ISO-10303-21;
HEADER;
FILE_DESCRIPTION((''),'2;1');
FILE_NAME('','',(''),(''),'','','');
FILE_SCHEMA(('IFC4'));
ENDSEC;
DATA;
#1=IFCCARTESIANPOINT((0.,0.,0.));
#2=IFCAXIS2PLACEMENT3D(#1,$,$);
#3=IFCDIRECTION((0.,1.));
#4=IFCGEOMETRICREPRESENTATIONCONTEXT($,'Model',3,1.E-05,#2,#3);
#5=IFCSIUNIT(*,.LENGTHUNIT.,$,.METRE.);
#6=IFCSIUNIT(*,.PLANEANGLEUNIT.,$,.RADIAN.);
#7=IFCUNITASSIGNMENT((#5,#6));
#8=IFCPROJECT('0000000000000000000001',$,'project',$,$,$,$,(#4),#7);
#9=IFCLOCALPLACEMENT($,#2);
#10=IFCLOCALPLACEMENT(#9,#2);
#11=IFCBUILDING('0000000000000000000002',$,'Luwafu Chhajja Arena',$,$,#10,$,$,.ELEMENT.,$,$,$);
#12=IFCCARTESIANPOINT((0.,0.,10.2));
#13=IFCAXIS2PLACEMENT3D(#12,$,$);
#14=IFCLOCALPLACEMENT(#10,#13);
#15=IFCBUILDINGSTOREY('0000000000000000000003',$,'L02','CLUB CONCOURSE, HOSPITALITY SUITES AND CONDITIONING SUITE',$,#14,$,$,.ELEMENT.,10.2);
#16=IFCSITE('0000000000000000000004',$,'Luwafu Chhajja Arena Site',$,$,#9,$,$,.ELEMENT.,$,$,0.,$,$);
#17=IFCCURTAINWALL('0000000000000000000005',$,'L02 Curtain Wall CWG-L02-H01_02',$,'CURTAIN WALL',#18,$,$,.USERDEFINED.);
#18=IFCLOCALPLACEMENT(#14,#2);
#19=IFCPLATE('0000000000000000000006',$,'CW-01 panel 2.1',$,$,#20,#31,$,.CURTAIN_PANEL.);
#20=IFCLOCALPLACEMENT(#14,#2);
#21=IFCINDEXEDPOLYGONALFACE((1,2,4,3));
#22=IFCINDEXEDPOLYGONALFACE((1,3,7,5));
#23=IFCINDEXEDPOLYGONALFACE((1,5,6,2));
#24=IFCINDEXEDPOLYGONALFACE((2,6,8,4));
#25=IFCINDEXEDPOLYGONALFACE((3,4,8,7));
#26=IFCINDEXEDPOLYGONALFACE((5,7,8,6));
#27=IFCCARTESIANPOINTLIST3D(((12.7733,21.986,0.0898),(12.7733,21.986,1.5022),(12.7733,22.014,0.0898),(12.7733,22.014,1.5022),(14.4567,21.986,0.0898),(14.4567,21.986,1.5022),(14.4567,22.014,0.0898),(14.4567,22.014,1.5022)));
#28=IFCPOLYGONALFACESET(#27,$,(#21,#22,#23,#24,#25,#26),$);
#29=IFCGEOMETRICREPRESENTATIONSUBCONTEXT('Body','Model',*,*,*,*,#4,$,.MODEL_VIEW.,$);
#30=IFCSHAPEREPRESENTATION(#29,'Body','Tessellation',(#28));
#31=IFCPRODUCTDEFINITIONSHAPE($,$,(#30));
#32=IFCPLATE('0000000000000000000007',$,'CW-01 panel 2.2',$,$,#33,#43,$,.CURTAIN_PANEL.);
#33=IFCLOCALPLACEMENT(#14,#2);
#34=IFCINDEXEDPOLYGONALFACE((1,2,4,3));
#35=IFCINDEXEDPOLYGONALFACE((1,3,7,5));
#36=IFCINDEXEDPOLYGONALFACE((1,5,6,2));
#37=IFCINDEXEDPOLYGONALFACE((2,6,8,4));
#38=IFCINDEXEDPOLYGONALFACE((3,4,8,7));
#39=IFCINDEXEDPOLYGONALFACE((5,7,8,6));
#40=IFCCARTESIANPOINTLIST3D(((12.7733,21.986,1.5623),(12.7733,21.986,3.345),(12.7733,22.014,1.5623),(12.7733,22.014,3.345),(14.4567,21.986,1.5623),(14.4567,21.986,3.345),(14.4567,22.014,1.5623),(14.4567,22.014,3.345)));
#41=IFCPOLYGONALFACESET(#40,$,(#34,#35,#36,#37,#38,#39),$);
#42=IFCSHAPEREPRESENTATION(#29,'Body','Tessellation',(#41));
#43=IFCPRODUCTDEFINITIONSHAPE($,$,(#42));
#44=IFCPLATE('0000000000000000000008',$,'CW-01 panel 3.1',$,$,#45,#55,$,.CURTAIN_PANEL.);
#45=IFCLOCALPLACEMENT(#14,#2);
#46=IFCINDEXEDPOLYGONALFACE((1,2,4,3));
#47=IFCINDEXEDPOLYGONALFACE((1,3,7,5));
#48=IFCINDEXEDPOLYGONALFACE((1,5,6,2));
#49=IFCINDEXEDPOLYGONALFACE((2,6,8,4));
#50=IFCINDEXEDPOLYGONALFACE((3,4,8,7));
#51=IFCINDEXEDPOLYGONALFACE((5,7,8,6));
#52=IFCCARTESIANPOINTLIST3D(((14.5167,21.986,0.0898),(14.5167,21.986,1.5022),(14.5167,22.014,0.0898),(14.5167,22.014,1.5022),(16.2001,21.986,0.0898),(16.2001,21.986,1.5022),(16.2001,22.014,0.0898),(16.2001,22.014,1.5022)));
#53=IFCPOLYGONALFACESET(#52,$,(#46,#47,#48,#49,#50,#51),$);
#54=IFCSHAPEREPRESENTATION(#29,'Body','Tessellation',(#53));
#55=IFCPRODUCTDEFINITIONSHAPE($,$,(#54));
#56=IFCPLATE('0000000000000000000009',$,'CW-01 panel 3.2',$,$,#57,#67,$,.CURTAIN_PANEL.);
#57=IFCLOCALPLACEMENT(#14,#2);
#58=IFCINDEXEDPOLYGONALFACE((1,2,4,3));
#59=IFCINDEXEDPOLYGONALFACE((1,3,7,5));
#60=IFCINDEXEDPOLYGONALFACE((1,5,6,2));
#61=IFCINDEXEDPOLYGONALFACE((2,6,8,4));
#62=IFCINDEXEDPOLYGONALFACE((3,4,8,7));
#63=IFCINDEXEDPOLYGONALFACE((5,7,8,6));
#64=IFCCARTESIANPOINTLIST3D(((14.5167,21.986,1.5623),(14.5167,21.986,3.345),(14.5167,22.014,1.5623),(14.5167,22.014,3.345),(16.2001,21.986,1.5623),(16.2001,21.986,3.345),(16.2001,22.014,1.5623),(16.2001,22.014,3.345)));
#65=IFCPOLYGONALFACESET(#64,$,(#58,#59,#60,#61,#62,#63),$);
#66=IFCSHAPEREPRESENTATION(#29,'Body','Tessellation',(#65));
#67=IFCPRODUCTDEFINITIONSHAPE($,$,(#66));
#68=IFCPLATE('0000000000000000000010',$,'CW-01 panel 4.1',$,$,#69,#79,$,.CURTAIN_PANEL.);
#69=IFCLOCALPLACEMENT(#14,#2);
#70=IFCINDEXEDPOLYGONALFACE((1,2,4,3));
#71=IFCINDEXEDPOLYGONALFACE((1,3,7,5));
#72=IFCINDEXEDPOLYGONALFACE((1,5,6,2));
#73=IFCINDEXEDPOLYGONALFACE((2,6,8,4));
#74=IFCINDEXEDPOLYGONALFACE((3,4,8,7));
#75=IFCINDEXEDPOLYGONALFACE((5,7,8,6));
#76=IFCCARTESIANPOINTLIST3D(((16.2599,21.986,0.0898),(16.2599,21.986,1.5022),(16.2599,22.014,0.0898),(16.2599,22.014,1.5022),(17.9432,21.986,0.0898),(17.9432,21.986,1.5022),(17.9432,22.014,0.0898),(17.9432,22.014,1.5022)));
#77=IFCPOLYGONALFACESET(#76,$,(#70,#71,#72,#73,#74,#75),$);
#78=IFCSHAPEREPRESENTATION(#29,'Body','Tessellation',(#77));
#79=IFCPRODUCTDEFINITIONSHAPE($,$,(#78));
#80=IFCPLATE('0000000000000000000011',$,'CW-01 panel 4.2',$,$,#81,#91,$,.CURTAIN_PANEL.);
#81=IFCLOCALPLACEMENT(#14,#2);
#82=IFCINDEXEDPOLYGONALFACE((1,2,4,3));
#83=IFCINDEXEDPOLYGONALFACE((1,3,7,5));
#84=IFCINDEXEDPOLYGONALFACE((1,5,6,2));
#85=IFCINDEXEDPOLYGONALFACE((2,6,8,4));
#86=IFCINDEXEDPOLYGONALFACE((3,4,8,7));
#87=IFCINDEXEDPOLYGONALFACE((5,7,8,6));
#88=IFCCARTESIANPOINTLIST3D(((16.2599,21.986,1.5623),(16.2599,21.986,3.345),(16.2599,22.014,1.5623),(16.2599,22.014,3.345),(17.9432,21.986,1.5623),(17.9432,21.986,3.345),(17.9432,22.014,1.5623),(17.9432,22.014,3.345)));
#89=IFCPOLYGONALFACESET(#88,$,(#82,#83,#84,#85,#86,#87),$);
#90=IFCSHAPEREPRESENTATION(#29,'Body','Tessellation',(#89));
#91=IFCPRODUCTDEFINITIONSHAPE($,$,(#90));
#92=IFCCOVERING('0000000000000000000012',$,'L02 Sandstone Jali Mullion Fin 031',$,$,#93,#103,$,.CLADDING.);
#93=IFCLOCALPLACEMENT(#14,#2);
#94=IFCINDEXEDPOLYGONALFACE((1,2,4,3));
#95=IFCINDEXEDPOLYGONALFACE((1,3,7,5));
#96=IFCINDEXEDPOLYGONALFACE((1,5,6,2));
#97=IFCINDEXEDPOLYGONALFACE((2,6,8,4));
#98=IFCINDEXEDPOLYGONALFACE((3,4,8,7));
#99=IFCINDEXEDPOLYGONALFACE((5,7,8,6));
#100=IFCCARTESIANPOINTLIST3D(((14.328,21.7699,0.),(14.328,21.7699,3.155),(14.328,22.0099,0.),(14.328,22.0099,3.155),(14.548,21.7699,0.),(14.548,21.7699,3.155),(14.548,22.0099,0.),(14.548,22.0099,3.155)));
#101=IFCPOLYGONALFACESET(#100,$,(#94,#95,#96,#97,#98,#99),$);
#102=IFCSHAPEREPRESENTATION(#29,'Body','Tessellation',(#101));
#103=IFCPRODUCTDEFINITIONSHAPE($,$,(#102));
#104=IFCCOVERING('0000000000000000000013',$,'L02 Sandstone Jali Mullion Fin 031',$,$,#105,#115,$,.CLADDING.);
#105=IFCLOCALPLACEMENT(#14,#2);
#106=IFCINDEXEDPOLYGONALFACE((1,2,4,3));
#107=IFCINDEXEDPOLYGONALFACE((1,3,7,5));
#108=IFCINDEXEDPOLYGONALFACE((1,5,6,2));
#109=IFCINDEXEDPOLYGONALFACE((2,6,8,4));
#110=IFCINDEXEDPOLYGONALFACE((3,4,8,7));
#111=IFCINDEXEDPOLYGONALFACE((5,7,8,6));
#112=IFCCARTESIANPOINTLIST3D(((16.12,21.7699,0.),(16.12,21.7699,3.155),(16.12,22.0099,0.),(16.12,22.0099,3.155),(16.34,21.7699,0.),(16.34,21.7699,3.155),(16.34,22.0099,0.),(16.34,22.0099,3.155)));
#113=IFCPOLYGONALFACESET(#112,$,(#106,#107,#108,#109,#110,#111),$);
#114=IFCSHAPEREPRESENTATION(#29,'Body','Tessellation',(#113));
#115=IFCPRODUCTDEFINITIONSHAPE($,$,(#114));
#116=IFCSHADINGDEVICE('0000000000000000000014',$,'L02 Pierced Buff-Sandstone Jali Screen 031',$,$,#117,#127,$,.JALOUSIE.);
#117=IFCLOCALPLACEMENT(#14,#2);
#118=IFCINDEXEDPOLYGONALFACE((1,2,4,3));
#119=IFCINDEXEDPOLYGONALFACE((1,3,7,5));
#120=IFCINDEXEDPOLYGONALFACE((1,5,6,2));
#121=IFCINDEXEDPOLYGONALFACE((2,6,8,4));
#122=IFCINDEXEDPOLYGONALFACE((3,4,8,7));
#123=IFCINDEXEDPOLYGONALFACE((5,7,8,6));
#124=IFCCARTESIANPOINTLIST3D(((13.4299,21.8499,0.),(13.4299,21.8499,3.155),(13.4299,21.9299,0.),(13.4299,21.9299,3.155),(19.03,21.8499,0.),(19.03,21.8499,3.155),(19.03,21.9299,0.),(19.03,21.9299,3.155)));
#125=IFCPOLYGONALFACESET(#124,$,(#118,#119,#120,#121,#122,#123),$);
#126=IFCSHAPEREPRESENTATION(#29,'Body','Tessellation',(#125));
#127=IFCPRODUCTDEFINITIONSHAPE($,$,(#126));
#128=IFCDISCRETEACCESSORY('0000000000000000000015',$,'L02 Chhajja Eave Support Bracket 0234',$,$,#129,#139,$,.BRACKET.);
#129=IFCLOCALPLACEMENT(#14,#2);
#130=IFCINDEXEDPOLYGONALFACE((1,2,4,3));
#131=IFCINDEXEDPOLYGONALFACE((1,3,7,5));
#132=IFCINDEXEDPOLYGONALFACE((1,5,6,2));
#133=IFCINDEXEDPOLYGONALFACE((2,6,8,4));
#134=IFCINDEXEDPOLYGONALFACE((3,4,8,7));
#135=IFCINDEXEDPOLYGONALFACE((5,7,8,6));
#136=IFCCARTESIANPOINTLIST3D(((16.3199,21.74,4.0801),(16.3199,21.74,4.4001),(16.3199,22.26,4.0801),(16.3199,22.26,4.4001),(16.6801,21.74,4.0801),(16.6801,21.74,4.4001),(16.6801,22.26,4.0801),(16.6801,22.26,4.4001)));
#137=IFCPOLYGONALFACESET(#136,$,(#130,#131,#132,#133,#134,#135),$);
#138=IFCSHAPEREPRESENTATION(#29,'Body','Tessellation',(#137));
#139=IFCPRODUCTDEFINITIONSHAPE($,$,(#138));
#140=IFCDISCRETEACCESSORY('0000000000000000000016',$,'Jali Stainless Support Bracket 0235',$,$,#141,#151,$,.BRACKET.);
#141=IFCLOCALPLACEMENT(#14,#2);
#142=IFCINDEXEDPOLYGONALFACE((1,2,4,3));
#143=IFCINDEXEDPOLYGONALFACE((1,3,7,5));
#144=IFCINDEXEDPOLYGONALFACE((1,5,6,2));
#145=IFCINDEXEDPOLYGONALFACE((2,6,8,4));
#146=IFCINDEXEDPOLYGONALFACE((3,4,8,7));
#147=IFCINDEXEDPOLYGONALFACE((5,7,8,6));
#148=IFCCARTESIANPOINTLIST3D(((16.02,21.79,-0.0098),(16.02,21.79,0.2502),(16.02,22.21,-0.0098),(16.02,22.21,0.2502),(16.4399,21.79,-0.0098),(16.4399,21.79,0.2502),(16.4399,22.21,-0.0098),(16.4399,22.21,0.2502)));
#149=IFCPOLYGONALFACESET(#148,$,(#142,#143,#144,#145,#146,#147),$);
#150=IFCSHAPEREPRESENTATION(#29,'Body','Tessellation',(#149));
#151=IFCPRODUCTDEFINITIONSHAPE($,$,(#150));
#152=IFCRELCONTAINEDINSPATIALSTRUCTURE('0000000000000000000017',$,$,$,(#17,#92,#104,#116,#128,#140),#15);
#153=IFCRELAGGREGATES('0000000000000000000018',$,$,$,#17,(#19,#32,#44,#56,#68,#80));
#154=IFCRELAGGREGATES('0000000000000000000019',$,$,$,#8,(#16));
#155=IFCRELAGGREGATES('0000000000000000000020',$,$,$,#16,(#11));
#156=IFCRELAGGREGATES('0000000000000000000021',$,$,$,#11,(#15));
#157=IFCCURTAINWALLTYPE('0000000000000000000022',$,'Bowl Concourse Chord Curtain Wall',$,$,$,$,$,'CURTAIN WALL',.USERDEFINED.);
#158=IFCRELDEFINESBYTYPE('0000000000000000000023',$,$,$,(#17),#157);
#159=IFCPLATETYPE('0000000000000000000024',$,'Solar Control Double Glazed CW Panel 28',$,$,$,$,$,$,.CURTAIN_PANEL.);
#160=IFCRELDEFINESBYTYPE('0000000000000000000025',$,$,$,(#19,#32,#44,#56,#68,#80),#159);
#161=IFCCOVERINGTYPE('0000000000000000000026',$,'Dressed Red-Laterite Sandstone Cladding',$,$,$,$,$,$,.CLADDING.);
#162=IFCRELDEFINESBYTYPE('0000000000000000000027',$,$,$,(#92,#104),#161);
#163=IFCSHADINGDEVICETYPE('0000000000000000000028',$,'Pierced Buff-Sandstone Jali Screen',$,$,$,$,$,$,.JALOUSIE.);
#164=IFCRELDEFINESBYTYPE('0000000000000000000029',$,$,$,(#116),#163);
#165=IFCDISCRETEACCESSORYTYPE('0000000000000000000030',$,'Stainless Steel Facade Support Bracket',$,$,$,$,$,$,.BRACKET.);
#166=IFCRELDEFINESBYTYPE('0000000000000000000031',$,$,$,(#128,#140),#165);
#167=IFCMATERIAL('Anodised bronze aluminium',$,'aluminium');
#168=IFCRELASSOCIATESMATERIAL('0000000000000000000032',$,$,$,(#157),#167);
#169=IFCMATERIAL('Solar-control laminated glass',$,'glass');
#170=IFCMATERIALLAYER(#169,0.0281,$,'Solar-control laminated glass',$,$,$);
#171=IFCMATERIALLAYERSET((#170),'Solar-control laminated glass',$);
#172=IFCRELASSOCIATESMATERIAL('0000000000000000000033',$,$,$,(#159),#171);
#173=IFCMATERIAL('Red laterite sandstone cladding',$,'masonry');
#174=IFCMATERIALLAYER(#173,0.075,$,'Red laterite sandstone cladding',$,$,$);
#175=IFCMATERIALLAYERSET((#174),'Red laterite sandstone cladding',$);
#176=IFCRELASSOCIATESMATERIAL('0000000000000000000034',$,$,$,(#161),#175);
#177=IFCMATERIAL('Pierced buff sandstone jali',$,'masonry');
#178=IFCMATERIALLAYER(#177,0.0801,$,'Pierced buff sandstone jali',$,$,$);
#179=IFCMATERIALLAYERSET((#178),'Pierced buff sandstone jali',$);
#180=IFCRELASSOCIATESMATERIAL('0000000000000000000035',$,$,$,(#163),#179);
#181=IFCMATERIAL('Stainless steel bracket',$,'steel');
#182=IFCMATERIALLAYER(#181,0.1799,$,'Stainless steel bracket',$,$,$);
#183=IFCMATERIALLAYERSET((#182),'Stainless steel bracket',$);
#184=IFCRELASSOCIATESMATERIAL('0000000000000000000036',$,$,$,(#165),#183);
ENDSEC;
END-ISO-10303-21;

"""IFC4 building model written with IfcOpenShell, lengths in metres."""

from ifc_helpers import new_model, si_unit, direction, frame, origin, origin_2d, place, context, subcontext, project, spatial, rectangle, extrude, material, layer, layer_set, type_object, element, aggregate, save


model = new_model("IFC4")

# Units and contexts
model_context = context("Model", 3, precision=1e-05, world=origin(), true_north=direction((0.0, 1.0)))
body_context = subcontext(model_context, "Body", "Model", "MODEL_VIEW")
ifc_project = project(units=[si_unit("LENGTHUNIT", "METRE"), si_unit("PLANEANGLEUNIT", "RADIAN")], contexts=[model_context])

# Site, building, storey
site_placement = place(None, origin())
site = spatial("IfcSite", under=ifc_project, at=site_placement, Name="Luwafu Chhajja Arena Site", CompositionType="ELEMENT", RefElevation=0.0)
building_placement = place(site_placement, origin())
building = spatial("IfcBuilding", under=site, at=building_placement, Name="Luwafu Chhajja Arena", CompositionType="ELEMENT")
storey_placement = place(building_placement, frame((0.0, 0.0, 10.2)))
storey = spatial("IfcBuildingStorey", under=building, at=storey_placement, Name="L02", Description="CLUB CONCOURSE, HOSPITALITY SUITES AND CONDITIONING SUITE", CompositionType="ELEMENT", Elevation=10.2)

# Curtain wall, plates
ifc_material_1 = material(Name="Anodised bronze aluminium", Category="aluminium")
curtain_wall_type = type_object("IfcCurtainWallType", Name="Bowl Concourse Chord Curtain Wall", ElementType="CURTAIN WALL", PredefinedType="USERDEFINED", material=ifc_material_1)
curtain_wall_placement = place(storey_placement, origin())
curtain_wall = element("IfcCurtainWall", 1, at=curtain_wall_placement, inside=storey, type_object=curtain_wall_type, Name="L02 Curtain Wall CWG-L02-H01_02", ObjectType="CURTAIN WALL", PredefinedType="USERDEFINED")
ifc_material_2 = material(Name="Solar-control laminated glass", Category="glass")
ifc_layer_1 = layer(ifc_material_2, 0.0281, Name="Solar-control laminated glass")
ifc_layer_set_1 = layer_set([ifc_layer_1], Name="Solar-control laminated glass")
plate_type = type_object("IfcPlateType", Name="Solar Control Double Glazed CW Panel 28", PredefinedType="CURTAIN_PANEL", material=ifc_layer_set_1)
plate_1_placement = place(storey_placement, frame((13.615, 22.0, 0.0898), z_axis=(0.0, 0.0, 1.0), x_axis=(1.0, 0.0, 0.0)))
plate_1 = element("IfcPlate", 2, at=plate_1_placement, type_object=plate_type, Name="CW-01 panel 2.1", PredefinedType="CURTAIN_PANEL", context=body_context, shape_type="SweptSolid", body=[
    extrude(rectangle(XDim=1.6833, YDim=0.0281, at=origin_2d()), origin(), (0.0, 0.0, 1.0), 1.4124),
])
plate_2_placement = place(storey_placement, frame((13.615, 22.0, 1.5623), z_axis=(0.0, 0.0, 1.0), x_axis=(1.0, 0.0, 0.0)))
plate_2 = element("IfcPlate", 3, at=plate_2_placement, type_object=plate_type, Name="CW-01 panel 2.2", PredefinedType="CURTAIN_PANEL", context=body_context, shape_type="SweptSolid", body=[
    extrude(rectangle(XDim=1.6833, YDim=0.0281, at=origin_2d()), origin(), (0.0, 0.0, 1.0), 1.7827),
])
plate_3_placement = place(storey_placement, frame((15.3584, 22.0, 0.0898), z_axis=(0.0, 0.0, 1.0), x_axis=(1.0, 0.0, 0.0)))
plate_3 = element("IfcPlate", 4, at=plate_3_placement, type_object=plate_type, Name="CW-01 panel 3.1", PredefinedType="CURTAIN_PANEL", context=body_context, shape_type="SweptSolid", body=[
    extrude(rectangle(XDim=1.6833, YDim=0.0281, at=origin_2d()), origin(), (0.0, 0.0, 1.0), 1.4124),
])
plate_4_placement = place(storey_placement, frame((15.3584, 22.0, 1.5623), z_axis=(0.0, 0.0, 1.0), x_axis=(1.0, 0.0, 0.0)))
plate_4 = element("IfcPlate", 5, at=plate_4_placement, type_object=plate_type, Name="CW-01 panel 3.2", PredefinedType="CURTAIN_PANEL", context=body_context, shape_type="SweptSolid", body=[
    extrude(rectangle(XDim=1.6833, YDim=0.0281, at=origin_2d()), origin(), (0.0, 0.0, 1.0), 1.7827),
])
plate_5_placement = place(storey_placement, frame((17.1016, 22.0, 0.0898), z_axis=(0.0, 0.0, 1.0), x_axis=(1.0, 0.0, 0.0)))
plate_5 = element("IfcPlate", 6, at=plate_5_placement, type_object=plate_type, Name="CW-01 panel 4.1", PredefinedType="CURTAIN_PANEL", context=body_context, shape_type="SweptSolid", body=[
    extrude(rectangle(XDim=1.6833, YDim=0.0281, at=origin_2d()), origin(), (0.0, 0.0, 1.0), 1.4124),
])
plate_6_placement = place(storey_placement, frame((17.1016, 22.0, 1.5623), z_axis=(0.0, 0.0, 1.0), x_axis=(1.0, 0.0, 0.0)))
plate_6 = element("IfcPlate", 7, at=plate_6_placement, type_object=plate_type, Name="CW-01 panel 4.2", PredefinedType="CURTAIN_PANEL", context=body_context, shape_type="SweptSolid", body=[
    extrude(rectangle(XDim=1.6833, YDim=0.0281, at=origin_2d()), origin(), (0.0, 0.0, 1.0), 1.7827),
])
aggregate(curtain_wall, [plate_1, plate_2, plate_3, plate_4, plate_5, plate_6])

# Coverings
ifc_material_3 = material(Name="Red laterite sandstone cladding", Category="masonry")
ifc_layer_2 = layer(ifc_material_3, 0.075, Name="Red laterite sandstone cladding")
ifc_layer_set_2 = layer_set([ifc_layer_2], Name="Red laterite sandstone cladding")
covering_type = type_object("IfcCoveringType", Name="Dressed Red-Laterite Sandstone Cladding", PredefinedType="CLADDING", material=ifc_layer_set_2)
for number, where, z_axis, x_axis, name in (
    (8, (14.438, 21.8899, 0.0), (0.0, 0.0, 1.0), (1.0, 0.0, 0.0), "L02 Sandstone Jali Mullion Fin 031"),
    (9, (16.23, 21.8899, 0.0), (0.0, 0.0, 1.0), (1.0, 0.0, 0.0), "L02 Sandstone Jali Mullion Fin 031"),
):
    element("IfcCovering", number, at=place(storey_placement, frame(where, z_axis=z_axis, x_axis=x_axis)), inside=storey, type_object=covering_type, Name=name, PredefinedType="CLADDING", context=body_context, shape_type="SweptSolid", body=[
        extrude(rectangle(XDim=0.22, YDim=0.24, at=origin_2d()), origin(), (0.0, 0.0, 1.0), 3.155),
    ])

# Shading device
ifc_material_4 = material(Name="Pierced buff sandstone jali", Category="masonry")
ifc_layer_3 = layer(ifc_material_4, 0.0801, Name="Pierced buff sandstone jali")
ifc_layer_set_3 = layer_set([ifc_layer_3], Name="Pierced buff sandstone jali")
shading_device_type = type_object("IfcShadingDeviceType", Name="Pierced Buff-Sandstone Jali Screen", PredefinedType="JALOUSIE", material=ifc_layer_set_3)
shading_device_placement = place(storey_placement, frame((16.23, 21.8899, 0.0), z_axis=(0.0, 0.0, 1.0), x_axis=(1.0, 0.0, 0.0)))
element("IfcShadingDevice", 10, at=shading_device_placement, inside=storey, type_object=shading_device_type, Name="L02 Pierced Buff-Sandstone Jali Screen 031", PredefinedType="JALOUSIE", context=body_context, shape_type="SweptSolid", body=[
    extrude(rectangle(XDim=5.6001, YDim=0.0801, at=origin_2d()), origin(), (0.0, 0.0, 1.0), 3.155),
])

# Discrete accessories
ifc_material_5 = material(Name="Stainless steel bracket", Category="steel")
ifc_layer_4 = layer(ifc_material_5, 0.1799, Name="Stainless steel bracket")
ifc_layer_set_4 = layer_set([ifc_layer_4], Name="Stainless steel bracket")
discrete_accessory_type = type_object("IfcDiscreteAccessoryType", Name="Stainless Steel Facade Support Bracket", PredefinedType="BRACKET", material=ifc_layer_set_4)
discrete_accessory_1_placement = place(storey_placement, frame((16.5, 22.0, 4.0801), z_axis=(0.0, 0.0, 1.0), x_axis=(1.0, 0.0, 0.0)))
element("IfcDiscreteAccessory", 11, at=discrete_accessory_1_placement, inside=storey, type_object=discrete_accessory_type, Name="L02 Chhajja Eave Support Bracket 0234", PredefinedType="BRACKET", context=body_context, shape_type="SweptSolid", body=[
    extrude(rectangle(XDim=0.3601, YDim=0.52, at=origin_2d()), origin(), (0.0, 0.0, 1.0), 0.3201),
])
discrete_accessory_2_placement = place(storey_placement, frame((16.23, 22.0, -0.0098), z_axis=(0.0, 0.0, 1.0), x_axis=(1.0, 0.0, 0.0)))
element("IfcDiscreteAccessory", 12, at=discrete_accessory_2_placement, inside=storey, type_object=discrete_accessory_type, Name="Jali Stainless Support Bracket 0235", PredefinedType="BRACKET", context=body_context, shape_type="SweptSolid", body=[
    extrude(rectangle(XDim=0.4199, YDim=0.4199, at=origin_2d()), origin(), (0.0, 0.0, 1.0), 0.26),
])

save(model, "model.ifc")
